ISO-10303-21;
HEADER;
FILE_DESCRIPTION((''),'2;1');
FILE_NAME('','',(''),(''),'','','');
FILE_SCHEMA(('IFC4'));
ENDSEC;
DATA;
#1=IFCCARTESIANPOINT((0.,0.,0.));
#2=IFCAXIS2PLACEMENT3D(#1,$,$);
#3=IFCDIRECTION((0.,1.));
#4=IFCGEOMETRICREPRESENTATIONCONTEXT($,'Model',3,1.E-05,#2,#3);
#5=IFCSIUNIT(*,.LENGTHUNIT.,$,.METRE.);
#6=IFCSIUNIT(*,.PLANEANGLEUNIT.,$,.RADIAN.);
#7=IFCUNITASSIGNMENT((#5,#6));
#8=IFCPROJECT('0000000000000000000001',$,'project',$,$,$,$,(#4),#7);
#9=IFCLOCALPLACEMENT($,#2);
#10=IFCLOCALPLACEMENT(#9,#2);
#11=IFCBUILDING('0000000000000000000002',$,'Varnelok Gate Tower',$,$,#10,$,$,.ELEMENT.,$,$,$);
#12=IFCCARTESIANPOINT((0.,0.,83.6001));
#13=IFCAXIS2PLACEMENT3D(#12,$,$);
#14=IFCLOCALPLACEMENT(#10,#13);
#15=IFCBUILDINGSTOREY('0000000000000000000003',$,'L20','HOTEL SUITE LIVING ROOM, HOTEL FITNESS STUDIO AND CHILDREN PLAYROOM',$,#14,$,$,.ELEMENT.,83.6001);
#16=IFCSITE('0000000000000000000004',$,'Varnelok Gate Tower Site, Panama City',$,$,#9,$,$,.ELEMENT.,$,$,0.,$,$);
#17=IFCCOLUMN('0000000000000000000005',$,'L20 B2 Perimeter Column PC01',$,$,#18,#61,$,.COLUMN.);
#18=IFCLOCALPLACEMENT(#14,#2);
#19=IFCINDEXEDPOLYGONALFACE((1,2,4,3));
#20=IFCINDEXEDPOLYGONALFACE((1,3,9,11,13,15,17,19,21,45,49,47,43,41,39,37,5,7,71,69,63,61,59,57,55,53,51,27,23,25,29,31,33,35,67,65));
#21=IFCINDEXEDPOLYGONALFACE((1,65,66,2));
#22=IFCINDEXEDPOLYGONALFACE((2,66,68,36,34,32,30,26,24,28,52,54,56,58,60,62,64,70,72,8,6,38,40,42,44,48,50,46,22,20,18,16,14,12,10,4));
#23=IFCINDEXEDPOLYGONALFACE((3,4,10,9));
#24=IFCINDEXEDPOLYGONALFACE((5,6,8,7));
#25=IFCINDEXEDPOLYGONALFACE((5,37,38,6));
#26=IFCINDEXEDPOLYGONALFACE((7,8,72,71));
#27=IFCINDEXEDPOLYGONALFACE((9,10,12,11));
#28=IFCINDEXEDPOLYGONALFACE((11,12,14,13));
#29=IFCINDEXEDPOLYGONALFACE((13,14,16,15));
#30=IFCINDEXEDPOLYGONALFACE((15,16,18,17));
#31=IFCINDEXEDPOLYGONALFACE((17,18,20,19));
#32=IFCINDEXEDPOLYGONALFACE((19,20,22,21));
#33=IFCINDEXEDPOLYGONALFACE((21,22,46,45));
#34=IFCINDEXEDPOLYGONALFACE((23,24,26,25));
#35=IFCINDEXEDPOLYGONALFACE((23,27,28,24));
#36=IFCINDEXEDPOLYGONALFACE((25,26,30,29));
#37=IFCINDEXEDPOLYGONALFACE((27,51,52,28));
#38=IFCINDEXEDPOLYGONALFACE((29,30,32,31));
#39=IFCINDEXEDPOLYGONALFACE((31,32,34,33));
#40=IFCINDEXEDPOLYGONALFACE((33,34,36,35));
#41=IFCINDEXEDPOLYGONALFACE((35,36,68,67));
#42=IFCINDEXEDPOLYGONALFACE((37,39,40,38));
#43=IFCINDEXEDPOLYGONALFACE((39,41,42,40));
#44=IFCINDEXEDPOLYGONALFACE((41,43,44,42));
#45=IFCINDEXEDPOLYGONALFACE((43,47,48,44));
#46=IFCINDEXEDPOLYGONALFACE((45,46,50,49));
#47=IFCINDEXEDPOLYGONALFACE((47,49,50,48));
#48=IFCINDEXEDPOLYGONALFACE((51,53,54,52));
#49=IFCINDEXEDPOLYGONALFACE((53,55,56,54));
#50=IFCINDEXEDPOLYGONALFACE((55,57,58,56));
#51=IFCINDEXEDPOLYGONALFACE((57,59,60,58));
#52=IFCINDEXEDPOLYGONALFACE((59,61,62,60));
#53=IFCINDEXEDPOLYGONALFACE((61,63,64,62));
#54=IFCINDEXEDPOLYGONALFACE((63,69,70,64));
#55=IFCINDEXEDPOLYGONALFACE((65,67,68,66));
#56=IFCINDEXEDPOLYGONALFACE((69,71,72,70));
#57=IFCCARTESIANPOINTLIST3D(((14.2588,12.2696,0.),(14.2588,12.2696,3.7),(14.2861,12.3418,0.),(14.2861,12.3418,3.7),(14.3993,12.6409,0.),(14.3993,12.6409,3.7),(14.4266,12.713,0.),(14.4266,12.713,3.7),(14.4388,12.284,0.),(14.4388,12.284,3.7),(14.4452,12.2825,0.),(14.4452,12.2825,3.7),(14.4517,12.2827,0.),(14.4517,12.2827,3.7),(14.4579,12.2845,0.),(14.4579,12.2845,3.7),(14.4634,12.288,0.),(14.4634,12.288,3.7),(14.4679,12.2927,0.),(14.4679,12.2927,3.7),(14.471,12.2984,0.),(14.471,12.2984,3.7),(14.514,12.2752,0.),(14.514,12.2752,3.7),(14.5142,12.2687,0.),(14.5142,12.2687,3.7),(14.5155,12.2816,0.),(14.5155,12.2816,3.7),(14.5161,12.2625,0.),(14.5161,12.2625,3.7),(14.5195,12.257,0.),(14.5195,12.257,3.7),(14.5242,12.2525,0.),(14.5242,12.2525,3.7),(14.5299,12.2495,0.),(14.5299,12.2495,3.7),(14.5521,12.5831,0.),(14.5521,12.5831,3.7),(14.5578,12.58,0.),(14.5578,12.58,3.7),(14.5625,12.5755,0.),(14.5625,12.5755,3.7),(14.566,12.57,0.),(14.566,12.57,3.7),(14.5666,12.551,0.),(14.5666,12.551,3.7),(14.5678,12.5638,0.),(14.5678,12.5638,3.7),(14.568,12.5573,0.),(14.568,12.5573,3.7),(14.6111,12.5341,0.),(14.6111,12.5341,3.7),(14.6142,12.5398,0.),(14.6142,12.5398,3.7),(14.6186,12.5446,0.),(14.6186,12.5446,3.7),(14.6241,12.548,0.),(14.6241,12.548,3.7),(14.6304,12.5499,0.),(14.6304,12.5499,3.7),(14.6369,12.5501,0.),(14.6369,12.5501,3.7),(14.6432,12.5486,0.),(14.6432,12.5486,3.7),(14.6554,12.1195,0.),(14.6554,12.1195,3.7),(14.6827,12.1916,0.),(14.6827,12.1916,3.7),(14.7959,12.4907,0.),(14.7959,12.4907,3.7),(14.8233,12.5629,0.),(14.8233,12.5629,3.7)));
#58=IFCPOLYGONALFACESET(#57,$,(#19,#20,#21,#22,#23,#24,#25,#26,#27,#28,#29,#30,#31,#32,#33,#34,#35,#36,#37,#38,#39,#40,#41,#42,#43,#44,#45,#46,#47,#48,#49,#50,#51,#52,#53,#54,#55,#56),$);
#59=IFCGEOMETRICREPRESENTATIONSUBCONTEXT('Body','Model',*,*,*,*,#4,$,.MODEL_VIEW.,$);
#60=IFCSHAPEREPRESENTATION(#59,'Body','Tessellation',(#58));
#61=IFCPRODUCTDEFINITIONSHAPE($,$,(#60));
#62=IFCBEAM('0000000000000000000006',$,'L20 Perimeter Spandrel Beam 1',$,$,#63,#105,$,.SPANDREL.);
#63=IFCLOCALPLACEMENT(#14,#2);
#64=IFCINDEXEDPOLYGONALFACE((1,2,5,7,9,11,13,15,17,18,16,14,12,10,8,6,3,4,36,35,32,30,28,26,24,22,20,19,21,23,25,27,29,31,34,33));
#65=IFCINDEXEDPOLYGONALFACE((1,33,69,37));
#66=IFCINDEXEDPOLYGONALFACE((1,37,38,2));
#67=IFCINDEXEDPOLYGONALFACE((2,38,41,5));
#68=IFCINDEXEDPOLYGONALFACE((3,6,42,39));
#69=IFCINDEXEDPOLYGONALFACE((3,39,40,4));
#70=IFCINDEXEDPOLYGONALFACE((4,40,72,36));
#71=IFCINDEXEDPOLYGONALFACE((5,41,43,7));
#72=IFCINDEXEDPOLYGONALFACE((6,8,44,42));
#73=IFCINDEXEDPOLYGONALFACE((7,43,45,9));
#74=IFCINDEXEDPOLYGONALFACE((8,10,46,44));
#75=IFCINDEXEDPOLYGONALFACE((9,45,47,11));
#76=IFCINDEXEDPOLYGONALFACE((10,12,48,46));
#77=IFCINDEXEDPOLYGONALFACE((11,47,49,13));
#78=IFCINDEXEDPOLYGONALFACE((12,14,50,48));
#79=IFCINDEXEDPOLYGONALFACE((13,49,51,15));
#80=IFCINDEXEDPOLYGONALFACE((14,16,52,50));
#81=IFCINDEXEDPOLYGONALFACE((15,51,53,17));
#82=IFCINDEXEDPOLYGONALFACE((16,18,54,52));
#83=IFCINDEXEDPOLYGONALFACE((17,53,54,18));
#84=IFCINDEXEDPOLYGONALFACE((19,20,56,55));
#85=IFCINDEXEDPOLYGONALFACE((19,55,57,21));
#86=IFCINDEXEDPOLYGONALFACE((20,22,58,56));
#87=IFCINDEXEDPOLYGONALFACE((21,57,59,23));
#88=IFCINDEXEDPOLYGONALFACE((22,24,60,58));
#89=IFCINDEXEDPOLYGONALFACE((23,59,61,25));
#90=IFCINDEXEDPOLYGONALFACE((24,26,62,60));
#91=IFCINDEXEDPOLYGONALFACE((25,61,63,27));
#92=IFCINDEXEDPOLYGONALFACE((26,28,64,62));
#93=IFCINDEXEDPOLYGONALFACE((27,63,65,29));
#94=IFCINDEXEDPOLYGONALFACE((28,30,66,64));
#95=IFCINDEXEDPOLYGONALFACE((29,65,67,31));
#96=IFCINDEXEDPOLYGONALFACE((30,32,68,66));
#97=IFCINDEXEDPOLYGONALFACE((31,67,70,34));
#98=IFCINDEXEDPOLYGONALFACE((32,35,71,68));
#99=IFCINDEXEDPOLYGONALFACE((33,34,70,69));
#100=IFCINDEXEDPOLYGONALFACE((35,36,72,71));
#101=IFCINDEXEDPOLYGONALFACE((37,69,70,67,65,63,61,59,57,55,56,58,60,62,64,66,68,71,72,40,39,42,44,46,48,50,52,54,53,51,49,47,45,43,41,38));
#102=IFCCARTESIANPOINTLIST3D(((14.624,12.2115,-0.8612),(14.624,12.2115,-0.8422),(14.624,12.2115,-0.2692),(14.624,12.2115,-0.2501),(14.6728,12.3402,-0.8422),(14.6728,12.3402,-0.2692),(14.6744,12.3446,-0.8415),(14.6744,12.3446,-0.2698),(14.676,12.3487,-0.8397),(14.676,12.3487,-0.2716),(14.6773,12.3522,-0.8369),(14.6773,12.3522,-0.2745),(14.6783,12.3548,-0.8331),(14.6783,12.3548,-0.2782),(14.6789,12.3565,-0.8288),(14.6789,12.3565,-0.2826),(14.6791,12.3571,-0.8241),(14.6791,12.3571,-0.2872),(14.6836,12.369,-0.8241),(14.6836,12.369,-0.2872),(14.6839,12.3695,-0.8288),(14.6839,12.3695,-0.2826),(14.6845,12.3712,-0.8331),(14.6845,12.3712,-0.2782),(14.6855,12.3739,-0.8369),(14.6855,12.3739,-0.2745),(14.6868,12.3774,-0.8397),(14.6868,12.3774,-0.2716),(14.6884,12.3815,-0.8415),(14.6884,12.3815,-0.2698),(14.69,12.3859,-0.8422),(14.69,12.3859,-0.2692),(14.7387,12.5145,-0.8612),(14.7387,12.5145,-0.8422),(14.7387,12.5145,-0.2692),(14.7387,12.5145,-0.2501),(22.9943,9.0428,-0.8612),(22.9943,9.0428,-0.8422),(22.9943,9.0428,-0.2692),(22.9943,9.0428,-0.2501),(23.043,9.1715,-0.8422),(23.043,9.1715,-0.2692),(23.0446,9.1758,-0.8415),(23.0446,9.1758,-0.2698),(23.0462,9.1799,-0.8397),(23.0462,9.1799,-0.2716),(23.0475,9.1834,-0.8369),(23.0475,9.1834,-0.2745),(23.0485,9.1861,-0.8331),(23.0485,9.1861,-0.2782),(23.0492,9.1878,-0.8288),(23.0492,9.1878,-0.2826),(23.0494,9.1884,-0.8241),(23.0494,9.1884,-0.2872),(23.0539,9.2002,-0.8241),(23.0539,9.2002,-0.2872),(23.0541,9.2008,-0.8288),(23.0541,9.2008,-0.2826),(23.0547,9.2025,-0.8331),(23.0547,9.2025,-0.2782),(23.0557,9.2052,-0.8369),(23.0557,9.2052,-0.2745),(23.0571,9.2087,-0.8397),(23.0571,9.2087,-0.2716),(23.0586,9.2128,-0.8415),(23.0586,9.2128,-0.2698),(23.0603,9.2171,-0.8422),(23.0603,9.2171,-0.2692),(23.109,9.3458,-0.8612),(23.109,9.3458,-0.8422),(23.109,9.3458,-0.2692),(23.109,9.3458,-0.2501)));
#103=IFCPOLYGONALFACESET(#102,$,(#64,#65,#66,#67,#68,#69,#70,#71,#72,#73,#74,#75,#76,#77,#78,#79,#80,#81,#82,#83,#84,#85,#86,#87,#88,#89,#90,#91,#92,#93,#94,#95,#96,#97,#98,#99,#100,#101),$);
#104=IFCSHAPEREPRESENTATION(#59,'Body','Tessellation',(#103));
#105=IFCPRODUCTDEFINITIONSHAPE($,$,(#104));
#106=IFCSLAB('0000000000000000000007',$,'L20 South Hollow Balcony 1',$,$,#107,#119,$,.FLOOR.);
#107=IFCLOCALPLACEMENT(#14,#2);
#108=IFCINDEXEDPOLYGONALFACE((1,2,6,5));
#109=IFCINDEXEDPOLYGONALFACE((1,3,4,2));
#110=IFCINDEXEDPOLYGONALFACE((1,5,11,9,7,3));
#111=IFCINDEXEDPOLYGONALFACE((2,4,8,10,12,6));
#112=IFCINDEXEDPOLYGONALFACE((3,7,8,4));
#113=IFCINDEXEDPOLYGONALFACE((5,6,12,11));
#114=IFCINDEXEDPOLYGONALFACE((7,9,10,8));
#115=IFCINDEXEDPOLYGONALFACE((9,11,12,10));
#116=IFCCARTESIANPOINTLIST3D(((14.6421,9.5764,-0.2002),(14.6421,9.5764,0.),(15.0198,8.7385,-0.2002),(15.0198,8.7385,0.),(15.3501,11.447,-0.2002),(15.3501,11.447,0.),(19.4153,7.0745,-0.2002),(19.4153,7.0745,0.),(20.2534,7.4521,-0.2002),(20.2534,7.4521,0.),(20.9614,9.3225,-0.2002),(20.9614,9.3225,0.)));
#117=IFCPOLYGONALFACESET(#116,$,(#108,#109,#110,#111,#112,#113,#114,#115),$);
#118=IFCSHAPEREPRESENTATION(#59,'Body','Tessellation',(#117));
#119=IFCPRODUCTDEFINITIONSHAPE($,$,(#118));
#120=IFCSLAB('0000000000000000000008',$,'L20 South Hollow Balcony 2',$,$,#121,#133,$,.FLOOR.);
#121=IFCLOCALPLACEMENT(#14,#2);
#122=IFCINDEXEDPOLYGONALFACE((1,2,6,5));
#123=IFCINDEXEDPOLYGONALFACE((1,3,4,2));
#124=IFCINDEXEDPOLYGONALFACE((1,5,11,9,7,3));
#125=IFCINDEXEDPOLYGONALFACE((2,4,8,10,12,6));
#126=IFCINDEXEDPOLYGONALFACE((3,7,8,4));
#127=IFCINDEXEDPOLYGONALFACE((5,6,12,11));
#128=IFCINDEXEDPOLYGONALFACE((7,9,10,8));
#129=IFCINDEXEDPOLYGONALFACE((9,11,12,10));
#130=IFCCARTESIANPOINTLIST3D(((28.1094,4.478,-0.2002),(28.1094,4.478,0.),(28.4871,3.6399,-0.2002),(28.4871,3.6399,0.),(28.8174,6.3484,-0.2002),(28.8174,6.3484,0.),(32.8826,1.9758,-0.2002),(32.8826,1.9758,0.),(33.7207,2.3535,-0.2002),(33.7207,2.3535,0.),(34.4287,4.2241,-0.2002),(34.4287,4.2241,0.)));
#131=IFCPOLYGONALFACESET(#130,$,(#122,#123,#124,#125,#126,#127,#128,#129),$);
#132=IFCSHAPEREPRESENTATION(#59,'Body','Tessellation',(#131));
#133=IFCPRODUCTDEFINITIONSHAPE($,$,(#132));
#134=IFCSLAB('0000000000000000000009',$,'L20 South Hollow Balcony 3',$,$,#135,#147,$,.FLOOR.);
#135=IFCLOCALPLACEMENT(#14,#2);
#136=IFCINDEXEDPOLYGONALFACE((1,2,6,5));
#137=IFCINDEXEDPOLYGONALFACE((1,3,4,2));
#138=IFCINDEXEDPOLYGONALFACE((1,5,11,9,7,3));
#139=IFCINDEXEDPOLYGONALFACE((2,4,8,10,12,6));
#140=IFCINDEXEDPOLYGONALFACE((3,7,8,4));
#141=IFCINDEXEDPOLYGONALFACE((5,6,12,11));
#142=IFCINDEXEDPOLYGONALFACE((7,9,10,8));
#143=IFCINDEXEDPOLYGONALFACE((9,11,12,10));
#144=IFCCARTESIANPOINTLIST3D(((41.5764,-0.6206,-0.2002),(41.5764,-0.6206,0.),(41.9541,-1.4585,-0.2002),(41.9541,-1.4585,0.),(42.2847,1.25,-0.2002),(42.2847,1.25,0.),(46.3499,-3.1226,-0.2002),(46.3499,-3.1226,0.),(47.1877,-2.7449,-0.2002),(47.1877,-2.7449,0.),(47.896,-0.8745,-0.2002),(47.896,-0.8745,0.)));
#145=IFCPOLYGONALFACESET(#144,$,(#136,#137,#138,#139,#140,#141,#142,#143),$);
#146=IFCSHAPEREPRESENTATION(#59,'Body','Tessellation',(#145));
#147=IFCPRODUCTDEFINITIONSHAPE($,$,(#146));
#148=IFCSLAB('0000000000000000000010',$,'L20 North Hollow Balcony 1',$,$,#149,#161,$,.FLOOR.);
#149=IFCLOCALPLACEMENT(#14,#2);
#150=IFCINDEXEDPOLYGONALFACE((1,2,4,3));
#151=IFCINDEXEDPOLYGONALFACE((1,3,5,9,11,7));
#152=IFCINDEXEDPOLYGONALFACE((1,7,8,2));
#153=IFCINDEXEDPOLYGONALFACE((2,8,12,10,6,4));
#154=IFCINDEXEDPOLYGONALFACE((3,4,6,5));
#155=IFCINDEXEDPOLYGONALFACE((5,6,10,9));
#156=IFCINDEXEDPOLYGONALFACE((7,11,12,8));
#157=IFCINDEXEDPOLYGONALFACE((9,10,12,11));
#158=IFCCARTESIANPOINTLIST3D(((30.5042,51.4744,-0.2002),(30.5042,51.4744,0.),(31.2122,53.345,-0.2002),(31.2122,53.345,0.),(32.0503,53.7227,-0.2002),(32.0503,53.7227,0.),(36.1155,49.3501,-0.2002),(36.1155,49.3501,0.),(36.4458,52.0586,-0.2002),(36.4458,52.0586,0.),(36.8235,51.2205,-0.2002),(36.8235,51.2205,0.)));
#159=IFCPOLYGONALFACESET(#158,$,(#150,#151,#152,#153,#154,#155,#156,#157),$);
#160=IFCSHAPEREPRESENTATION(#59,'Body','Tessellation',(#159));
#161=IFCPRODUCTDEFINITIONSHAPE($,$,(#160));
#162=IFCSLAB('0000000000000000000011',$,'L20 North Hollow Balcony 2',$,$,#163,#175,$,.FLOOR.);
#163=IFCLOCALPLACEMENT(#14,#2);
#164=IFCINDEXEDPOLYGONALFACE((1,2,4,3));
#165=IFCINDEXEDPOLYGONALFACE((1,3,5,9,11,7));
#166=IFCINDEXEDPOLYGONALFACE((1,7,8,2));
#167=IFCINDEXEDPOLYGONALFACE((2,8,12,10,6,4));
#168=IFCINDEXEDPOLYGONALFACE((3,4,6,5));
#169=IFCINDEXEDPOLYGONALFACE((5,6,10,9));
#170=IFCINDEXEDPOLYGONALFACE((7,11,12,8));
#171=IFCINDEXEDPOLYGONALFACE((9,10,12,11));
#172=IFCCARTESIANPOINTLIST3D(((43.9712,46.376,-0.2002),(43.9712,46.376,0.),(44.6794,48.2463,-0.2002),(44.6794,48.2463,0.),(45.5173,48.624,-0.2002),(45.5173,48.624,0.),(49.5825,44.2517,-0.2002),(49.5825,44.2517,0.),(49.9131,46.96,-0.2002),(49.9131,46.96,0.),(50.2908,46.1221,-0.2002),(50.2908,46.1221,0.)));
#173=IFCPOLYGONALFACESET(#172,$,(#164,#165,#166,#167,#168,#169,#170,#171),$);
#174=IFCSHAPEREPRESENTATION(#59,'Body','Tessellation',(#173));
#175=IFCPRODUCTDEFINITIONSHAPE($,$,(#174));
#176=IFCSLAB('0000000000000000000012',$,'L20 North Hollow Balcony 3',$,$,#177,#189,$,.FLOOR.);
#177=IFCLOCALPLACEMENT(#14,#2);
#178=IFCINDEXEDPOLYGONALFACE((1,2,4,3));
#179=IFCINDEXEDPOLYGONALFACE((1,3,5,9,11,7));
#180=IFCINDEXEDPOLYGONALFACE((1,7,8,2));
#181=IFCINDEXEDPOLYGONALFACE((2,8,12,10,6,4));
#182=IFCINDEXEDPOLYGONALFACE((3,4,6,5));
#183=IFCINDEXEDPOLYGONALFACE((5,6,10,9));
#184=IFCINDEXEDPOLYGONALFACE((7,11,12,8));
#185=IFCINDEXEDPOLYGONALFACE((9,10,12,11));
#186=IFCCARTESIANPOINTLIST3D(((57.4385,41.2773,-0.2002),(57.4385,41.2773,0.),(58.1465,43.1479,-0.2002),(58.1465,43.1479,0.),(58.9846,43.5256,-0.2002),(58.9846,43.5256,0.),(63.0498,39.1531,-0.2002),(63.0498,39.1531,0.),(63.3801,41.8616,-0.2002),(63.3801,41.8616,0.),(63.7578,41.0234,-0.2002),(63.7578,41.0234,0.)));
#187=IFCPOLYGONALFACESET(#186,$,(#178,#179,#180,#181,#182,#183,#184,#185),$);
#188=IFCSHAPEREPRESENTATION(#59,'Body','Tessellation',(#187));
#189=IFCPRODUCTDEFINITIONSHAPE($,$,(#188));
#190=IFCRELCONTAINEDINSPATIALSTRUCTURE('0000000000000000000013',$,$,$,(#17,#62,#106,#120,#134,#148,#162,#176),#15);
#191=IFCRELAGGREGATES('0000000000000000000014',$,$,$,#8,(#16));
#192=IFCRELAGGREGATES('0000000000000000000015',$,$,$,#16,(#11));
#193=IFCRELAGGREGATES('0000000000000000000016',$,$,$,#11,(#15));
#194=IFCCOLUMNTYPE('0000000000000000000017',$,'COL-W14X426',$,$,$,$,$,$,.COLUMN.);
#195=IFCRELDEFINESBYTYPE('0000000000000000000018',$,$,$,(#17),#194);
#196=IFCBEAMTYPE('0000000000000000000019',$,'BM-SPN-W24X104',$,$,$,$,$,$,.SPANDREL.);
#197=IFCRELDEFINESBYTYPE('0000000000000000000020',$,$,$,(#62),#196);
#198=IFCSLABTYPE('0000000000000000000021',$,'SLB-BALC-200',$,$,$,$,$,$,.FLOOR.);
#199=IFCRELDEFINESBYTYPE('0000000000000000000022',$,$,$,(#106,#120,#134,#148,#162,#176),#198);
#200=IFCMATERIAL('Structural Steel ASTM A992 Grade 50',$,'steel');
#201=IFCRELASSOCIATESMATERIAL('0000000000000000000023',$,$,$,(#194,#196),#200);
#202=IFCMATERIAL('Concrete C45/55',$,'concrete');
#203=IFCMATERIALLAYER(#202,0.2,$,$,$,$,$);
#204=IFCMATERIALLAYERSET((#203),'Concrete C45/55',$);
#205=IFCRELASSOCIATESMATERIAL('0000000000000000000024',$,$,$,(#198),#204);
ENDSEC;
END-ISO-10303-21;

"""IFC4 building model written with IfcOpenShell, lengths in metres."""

from ifc_helpers import new_model, si_unit, direction, frame, origin, origin_2d, place, context, subcontext, project, spatial, polyline, i_section, outline, extrude, material, layer, layer_set, material_profile, profile_set, type_object, element, save


model = new_model("IFC4")

# Units and contexts
model_context = context("Model", 3, precision=1e-05, world=origin(), true_north=direction((0.0, 1.0)))
body_context = subcontext(model_context, "Body", "Model", "MODEL_VIEW")
ifc_project = project(units=[si_unit("LENGTHUNIT", "METRE"), si_unit("PLANEANGLEUNIT", "RADIAN")], contexts=[model_context])

# Site, building, storey
site_placement = place(None, origin())
site = spatial("IfcSite", under=ifc_project, at=site_placement, Name="Varnelok Gate Tower Site, Panama City", CompositionType="ELEMENT", RefElevation=0.0)
building_placement = place(site_placement, origin())
building = spatial("IfcBuilding", under=site, at=building_placement, Name="Varnelok Gate Tower", CompositionType="ELEMENT")
storey_placement = place(building_placement, frame((0.0, 0.0, 83.6001)))
storey = spatial("IfcBuildingStorey", under=building, at=storey_placement, Name="L20", Description="HOTEL SUITE LIVING ROOM, HOTEL FITNESS STUDIO AND CHILDREN PLAYROOM", CompositionType="ELEMENT", Elevation=83.6001)

# Column
ifc_material_1 = material(Name="Structural Steel ASTM A992 Grade 50", Category="steel")
ifc_material_profile_1 = material_profile(ifc_material_1, i_section(OverallWidth=0.4241, OverallDepth=0.4741, WebThickness=0.0476, FlangeThickness=0.0771, FilletRadius=0.0249, at=origin_2d()), Name="W14X426")
ifc_profile_set_1 = profile_set([ifc_material_profile_1], Name="Structural Steel ASTM A992 Grade 50")
column_type = type_object("IfcColumnType", Name="COL-W14X426", PredefinedType="COLUMN", material=ifc_profile_set_1)
column_placement = place(storey_placement, frame((14.541, 12.4163, 0.0), z_axis=(0.0, 0.0, 1.0), x_axis=(0.935222, -0.354063, 0.0)))
element("IfcColumn", 1, at=column_placement, inside=storey, type_object=column_type, Name="L20 B2 Perimeter Column PC01", PredefinedType="COLUMN", context=body_context, shape_type="SweptSolid", body=[
    extrude(i_section(OverallWidth=0.4241, OverallDepth=0.4741, WebThickness=0.0476, FlangeThickness=0.0771, FilletRadius=0.0249, at=origin_2d()), origin(), (0.0, 0.0, 1.0), 3.7),
])

# Beam
ifc_material_profile_2 = material_profile(ifc_material_1, i_section(OverallWidth=0.324, OverallDepth=0.6111, WebThickness=0.0127, FlangeThickness=0.019, FilletRadius=0.0181, at=origin_2d()), Name="W24X104")
ifc_profile_set_2 = profile_set([ifc_material_profile_2], Name="Structural Steel ASTM A992 Grade 50")
beam_type = type_object("IfcBeamType", Name="BM-SPN-W24X104", PredefinedType="SPANDREL", material=ifc_profile_set_2)
beam_placement = place(storey_placement, frame((14.6814, 12.363, -0.5557), z_axis=(0.935226, -0.354051, 0.0), x_axis=(0.354051, 0.935226, 0.0)))
element("IfcBeam", 2, at=beam_placement, inside=storey, type_object=beam_type, Name="L20 Perimeter Spandrel Beam 1", PredefinedType="SPANDREL", context=body_context, shape_type="SweptSolid", body=[
    extrude(i_section(OverallWidth=0.324, OverallDepth=0.6111, WebThickness=0.0127, FlangeThickness=0.019, FilletRadius=0.0181, at=origin_2d()), origin(), (0.0, 0.0, 1.0), 8.95),
])

# Slabs
ifc_material_2 = material(Name="Concrete C45/55", Category="concrete")
ifc_layer_1 = layer(ifc_material_2, 0.2)
ifc_layer_set_1 = layer_set([ifc_layer_1], Name="Concrete C45/55")
slab_type_1 = type_object("IfcSlabType", Name="SLB-BALC-200", PredefinedType="FLOOR", material=ifc_layer_set_1)
slab_1_placement = place(storey_placement, frame((0.0, 0.0, -0.2002)))
element("IfcSlab", 3, at=slab_1_placement, inside=storey, type_object=slab_type_1, Name="L20 South Hollow Balcony 1", PredefinedType="FLOOR", context=body_context, shape_type="SweptSolid", body=[
    extrude(outline(polyline([(14.6421, 9.5764), (15.0198, 8.7385), (19.4153, 7.0745), (20.2534, 7.4521), (20.9614, 9.3225), (15.3501, 11.447), (14.6421, 9.5764)])), origin(), (0.0, 0.0, 1.0), 0.2002),
])
slab_2_placement = place(storey_placement, frame((0.0, 0.0, -0.2002)))
element("IfcSlab", 4, at=slab_2_placement, inside=storey, type_object=slab_type_1, Name="L20 South Hollow Balcony 2", PredefinedType="FLOOR", context=body_context, shape_type="SweptSolid", body=[
    extrude(outline(polyline([(28.1094, 4.478), (28.4871, 3.6399), (32.8826, 1.9758), (33.7207, 2.3535), (34.4287, 4.2241), (28.8174, 6.3484), (28.1094, 4.478)])), origin(), (0.0, 0.0, 1.0), 0.2002),
])
slab_3_placement = place(storey_placement, frame((0.0, 0.0, -0.2002)))
element("IfcSlab", 5, at=slab_3_placement, inside=storey, type_object=slab_type_1, Name="L20 South Hollow Balcony 3", PredefinedType="FLOOR", context=body_context, shape_type="SweptSolid", body=[
    extrude(outline(polyline([(41.5764, -0.6206), (41.9541, -1.4585), (46.3499, -3.1226), (47.1877, -2.7449), (47.896, -0.8745), (42.2847, 1.25), (41.5764, -0.6206)])), origin(), (0.0, 0.0, 1.0), 0.2002),
])
slab_4_placement = place(storey_placement, frame((0.0, 0.0, -0.2002)))
element("IfcSlab", 6, at=slab_4_placement, inside=storey, type_object=slab_type_1, Name="L20 North Hollow Balcony 1", PredefinedType="FLOOR", context=body_context, shape_type="SweptSolid", body=[
    extrude(outline(polyline([(30.5042, 51.4744), (36.1155, 49.3501), (36.8235, 51.2205), (36.4458, 52.0586), (32.0503, 53.7227), (31.2122, 53.345), (30.5042, 51.4744)])), origin(), (0.0, 0.0, 1.0), 0.2002),
])
slab_5_placement = place(storey_placement, frame((0.0, 0.0, -0.2002)))
element("IfcSlab", 7, at=slab_5_placement, inside=storey, type_object=slab_type_1, Name="L20 North Hollow Balcony 2", PredefinedType="FLOOR", context=body_context, shape_type="SweptSolid", body=[
    extrude(outline(polyline([(43.9712, 46.376), (49.5825, 44.2517), (50.2908, 46.1221), (49.9131, 46.96), (45.5173, 48.624), (44.6794, 48.2463), (43.9712, 46.376)])), origin(), (0.0, 0.0, 1.0), 0.2002),
])
slab_6_placement = place(storey_placement, frame((0.0, 0.0, -0.2002)))
element("IfcSlab", 8, at=slab_6_placement, inside=storey, type_object=slab_type_1, Name="L20 North Hollow Balcony 3", PredefinedType="FLOOR", context=body_context, shape_type="SweptSolid", body=[
    extrude(outline(polyline([(57.4385, 41.2773), (63.0498, 39.1531), (63.7578, 41.0234), (63.3801, 41.8616), (58.9846, 43.5256), (58.1465, 43.1479), (57.4385, 41.2773)])), origin(), (0.0, 0.0, 1.0), 0.2002),
])

save(model, "model.ifc")
